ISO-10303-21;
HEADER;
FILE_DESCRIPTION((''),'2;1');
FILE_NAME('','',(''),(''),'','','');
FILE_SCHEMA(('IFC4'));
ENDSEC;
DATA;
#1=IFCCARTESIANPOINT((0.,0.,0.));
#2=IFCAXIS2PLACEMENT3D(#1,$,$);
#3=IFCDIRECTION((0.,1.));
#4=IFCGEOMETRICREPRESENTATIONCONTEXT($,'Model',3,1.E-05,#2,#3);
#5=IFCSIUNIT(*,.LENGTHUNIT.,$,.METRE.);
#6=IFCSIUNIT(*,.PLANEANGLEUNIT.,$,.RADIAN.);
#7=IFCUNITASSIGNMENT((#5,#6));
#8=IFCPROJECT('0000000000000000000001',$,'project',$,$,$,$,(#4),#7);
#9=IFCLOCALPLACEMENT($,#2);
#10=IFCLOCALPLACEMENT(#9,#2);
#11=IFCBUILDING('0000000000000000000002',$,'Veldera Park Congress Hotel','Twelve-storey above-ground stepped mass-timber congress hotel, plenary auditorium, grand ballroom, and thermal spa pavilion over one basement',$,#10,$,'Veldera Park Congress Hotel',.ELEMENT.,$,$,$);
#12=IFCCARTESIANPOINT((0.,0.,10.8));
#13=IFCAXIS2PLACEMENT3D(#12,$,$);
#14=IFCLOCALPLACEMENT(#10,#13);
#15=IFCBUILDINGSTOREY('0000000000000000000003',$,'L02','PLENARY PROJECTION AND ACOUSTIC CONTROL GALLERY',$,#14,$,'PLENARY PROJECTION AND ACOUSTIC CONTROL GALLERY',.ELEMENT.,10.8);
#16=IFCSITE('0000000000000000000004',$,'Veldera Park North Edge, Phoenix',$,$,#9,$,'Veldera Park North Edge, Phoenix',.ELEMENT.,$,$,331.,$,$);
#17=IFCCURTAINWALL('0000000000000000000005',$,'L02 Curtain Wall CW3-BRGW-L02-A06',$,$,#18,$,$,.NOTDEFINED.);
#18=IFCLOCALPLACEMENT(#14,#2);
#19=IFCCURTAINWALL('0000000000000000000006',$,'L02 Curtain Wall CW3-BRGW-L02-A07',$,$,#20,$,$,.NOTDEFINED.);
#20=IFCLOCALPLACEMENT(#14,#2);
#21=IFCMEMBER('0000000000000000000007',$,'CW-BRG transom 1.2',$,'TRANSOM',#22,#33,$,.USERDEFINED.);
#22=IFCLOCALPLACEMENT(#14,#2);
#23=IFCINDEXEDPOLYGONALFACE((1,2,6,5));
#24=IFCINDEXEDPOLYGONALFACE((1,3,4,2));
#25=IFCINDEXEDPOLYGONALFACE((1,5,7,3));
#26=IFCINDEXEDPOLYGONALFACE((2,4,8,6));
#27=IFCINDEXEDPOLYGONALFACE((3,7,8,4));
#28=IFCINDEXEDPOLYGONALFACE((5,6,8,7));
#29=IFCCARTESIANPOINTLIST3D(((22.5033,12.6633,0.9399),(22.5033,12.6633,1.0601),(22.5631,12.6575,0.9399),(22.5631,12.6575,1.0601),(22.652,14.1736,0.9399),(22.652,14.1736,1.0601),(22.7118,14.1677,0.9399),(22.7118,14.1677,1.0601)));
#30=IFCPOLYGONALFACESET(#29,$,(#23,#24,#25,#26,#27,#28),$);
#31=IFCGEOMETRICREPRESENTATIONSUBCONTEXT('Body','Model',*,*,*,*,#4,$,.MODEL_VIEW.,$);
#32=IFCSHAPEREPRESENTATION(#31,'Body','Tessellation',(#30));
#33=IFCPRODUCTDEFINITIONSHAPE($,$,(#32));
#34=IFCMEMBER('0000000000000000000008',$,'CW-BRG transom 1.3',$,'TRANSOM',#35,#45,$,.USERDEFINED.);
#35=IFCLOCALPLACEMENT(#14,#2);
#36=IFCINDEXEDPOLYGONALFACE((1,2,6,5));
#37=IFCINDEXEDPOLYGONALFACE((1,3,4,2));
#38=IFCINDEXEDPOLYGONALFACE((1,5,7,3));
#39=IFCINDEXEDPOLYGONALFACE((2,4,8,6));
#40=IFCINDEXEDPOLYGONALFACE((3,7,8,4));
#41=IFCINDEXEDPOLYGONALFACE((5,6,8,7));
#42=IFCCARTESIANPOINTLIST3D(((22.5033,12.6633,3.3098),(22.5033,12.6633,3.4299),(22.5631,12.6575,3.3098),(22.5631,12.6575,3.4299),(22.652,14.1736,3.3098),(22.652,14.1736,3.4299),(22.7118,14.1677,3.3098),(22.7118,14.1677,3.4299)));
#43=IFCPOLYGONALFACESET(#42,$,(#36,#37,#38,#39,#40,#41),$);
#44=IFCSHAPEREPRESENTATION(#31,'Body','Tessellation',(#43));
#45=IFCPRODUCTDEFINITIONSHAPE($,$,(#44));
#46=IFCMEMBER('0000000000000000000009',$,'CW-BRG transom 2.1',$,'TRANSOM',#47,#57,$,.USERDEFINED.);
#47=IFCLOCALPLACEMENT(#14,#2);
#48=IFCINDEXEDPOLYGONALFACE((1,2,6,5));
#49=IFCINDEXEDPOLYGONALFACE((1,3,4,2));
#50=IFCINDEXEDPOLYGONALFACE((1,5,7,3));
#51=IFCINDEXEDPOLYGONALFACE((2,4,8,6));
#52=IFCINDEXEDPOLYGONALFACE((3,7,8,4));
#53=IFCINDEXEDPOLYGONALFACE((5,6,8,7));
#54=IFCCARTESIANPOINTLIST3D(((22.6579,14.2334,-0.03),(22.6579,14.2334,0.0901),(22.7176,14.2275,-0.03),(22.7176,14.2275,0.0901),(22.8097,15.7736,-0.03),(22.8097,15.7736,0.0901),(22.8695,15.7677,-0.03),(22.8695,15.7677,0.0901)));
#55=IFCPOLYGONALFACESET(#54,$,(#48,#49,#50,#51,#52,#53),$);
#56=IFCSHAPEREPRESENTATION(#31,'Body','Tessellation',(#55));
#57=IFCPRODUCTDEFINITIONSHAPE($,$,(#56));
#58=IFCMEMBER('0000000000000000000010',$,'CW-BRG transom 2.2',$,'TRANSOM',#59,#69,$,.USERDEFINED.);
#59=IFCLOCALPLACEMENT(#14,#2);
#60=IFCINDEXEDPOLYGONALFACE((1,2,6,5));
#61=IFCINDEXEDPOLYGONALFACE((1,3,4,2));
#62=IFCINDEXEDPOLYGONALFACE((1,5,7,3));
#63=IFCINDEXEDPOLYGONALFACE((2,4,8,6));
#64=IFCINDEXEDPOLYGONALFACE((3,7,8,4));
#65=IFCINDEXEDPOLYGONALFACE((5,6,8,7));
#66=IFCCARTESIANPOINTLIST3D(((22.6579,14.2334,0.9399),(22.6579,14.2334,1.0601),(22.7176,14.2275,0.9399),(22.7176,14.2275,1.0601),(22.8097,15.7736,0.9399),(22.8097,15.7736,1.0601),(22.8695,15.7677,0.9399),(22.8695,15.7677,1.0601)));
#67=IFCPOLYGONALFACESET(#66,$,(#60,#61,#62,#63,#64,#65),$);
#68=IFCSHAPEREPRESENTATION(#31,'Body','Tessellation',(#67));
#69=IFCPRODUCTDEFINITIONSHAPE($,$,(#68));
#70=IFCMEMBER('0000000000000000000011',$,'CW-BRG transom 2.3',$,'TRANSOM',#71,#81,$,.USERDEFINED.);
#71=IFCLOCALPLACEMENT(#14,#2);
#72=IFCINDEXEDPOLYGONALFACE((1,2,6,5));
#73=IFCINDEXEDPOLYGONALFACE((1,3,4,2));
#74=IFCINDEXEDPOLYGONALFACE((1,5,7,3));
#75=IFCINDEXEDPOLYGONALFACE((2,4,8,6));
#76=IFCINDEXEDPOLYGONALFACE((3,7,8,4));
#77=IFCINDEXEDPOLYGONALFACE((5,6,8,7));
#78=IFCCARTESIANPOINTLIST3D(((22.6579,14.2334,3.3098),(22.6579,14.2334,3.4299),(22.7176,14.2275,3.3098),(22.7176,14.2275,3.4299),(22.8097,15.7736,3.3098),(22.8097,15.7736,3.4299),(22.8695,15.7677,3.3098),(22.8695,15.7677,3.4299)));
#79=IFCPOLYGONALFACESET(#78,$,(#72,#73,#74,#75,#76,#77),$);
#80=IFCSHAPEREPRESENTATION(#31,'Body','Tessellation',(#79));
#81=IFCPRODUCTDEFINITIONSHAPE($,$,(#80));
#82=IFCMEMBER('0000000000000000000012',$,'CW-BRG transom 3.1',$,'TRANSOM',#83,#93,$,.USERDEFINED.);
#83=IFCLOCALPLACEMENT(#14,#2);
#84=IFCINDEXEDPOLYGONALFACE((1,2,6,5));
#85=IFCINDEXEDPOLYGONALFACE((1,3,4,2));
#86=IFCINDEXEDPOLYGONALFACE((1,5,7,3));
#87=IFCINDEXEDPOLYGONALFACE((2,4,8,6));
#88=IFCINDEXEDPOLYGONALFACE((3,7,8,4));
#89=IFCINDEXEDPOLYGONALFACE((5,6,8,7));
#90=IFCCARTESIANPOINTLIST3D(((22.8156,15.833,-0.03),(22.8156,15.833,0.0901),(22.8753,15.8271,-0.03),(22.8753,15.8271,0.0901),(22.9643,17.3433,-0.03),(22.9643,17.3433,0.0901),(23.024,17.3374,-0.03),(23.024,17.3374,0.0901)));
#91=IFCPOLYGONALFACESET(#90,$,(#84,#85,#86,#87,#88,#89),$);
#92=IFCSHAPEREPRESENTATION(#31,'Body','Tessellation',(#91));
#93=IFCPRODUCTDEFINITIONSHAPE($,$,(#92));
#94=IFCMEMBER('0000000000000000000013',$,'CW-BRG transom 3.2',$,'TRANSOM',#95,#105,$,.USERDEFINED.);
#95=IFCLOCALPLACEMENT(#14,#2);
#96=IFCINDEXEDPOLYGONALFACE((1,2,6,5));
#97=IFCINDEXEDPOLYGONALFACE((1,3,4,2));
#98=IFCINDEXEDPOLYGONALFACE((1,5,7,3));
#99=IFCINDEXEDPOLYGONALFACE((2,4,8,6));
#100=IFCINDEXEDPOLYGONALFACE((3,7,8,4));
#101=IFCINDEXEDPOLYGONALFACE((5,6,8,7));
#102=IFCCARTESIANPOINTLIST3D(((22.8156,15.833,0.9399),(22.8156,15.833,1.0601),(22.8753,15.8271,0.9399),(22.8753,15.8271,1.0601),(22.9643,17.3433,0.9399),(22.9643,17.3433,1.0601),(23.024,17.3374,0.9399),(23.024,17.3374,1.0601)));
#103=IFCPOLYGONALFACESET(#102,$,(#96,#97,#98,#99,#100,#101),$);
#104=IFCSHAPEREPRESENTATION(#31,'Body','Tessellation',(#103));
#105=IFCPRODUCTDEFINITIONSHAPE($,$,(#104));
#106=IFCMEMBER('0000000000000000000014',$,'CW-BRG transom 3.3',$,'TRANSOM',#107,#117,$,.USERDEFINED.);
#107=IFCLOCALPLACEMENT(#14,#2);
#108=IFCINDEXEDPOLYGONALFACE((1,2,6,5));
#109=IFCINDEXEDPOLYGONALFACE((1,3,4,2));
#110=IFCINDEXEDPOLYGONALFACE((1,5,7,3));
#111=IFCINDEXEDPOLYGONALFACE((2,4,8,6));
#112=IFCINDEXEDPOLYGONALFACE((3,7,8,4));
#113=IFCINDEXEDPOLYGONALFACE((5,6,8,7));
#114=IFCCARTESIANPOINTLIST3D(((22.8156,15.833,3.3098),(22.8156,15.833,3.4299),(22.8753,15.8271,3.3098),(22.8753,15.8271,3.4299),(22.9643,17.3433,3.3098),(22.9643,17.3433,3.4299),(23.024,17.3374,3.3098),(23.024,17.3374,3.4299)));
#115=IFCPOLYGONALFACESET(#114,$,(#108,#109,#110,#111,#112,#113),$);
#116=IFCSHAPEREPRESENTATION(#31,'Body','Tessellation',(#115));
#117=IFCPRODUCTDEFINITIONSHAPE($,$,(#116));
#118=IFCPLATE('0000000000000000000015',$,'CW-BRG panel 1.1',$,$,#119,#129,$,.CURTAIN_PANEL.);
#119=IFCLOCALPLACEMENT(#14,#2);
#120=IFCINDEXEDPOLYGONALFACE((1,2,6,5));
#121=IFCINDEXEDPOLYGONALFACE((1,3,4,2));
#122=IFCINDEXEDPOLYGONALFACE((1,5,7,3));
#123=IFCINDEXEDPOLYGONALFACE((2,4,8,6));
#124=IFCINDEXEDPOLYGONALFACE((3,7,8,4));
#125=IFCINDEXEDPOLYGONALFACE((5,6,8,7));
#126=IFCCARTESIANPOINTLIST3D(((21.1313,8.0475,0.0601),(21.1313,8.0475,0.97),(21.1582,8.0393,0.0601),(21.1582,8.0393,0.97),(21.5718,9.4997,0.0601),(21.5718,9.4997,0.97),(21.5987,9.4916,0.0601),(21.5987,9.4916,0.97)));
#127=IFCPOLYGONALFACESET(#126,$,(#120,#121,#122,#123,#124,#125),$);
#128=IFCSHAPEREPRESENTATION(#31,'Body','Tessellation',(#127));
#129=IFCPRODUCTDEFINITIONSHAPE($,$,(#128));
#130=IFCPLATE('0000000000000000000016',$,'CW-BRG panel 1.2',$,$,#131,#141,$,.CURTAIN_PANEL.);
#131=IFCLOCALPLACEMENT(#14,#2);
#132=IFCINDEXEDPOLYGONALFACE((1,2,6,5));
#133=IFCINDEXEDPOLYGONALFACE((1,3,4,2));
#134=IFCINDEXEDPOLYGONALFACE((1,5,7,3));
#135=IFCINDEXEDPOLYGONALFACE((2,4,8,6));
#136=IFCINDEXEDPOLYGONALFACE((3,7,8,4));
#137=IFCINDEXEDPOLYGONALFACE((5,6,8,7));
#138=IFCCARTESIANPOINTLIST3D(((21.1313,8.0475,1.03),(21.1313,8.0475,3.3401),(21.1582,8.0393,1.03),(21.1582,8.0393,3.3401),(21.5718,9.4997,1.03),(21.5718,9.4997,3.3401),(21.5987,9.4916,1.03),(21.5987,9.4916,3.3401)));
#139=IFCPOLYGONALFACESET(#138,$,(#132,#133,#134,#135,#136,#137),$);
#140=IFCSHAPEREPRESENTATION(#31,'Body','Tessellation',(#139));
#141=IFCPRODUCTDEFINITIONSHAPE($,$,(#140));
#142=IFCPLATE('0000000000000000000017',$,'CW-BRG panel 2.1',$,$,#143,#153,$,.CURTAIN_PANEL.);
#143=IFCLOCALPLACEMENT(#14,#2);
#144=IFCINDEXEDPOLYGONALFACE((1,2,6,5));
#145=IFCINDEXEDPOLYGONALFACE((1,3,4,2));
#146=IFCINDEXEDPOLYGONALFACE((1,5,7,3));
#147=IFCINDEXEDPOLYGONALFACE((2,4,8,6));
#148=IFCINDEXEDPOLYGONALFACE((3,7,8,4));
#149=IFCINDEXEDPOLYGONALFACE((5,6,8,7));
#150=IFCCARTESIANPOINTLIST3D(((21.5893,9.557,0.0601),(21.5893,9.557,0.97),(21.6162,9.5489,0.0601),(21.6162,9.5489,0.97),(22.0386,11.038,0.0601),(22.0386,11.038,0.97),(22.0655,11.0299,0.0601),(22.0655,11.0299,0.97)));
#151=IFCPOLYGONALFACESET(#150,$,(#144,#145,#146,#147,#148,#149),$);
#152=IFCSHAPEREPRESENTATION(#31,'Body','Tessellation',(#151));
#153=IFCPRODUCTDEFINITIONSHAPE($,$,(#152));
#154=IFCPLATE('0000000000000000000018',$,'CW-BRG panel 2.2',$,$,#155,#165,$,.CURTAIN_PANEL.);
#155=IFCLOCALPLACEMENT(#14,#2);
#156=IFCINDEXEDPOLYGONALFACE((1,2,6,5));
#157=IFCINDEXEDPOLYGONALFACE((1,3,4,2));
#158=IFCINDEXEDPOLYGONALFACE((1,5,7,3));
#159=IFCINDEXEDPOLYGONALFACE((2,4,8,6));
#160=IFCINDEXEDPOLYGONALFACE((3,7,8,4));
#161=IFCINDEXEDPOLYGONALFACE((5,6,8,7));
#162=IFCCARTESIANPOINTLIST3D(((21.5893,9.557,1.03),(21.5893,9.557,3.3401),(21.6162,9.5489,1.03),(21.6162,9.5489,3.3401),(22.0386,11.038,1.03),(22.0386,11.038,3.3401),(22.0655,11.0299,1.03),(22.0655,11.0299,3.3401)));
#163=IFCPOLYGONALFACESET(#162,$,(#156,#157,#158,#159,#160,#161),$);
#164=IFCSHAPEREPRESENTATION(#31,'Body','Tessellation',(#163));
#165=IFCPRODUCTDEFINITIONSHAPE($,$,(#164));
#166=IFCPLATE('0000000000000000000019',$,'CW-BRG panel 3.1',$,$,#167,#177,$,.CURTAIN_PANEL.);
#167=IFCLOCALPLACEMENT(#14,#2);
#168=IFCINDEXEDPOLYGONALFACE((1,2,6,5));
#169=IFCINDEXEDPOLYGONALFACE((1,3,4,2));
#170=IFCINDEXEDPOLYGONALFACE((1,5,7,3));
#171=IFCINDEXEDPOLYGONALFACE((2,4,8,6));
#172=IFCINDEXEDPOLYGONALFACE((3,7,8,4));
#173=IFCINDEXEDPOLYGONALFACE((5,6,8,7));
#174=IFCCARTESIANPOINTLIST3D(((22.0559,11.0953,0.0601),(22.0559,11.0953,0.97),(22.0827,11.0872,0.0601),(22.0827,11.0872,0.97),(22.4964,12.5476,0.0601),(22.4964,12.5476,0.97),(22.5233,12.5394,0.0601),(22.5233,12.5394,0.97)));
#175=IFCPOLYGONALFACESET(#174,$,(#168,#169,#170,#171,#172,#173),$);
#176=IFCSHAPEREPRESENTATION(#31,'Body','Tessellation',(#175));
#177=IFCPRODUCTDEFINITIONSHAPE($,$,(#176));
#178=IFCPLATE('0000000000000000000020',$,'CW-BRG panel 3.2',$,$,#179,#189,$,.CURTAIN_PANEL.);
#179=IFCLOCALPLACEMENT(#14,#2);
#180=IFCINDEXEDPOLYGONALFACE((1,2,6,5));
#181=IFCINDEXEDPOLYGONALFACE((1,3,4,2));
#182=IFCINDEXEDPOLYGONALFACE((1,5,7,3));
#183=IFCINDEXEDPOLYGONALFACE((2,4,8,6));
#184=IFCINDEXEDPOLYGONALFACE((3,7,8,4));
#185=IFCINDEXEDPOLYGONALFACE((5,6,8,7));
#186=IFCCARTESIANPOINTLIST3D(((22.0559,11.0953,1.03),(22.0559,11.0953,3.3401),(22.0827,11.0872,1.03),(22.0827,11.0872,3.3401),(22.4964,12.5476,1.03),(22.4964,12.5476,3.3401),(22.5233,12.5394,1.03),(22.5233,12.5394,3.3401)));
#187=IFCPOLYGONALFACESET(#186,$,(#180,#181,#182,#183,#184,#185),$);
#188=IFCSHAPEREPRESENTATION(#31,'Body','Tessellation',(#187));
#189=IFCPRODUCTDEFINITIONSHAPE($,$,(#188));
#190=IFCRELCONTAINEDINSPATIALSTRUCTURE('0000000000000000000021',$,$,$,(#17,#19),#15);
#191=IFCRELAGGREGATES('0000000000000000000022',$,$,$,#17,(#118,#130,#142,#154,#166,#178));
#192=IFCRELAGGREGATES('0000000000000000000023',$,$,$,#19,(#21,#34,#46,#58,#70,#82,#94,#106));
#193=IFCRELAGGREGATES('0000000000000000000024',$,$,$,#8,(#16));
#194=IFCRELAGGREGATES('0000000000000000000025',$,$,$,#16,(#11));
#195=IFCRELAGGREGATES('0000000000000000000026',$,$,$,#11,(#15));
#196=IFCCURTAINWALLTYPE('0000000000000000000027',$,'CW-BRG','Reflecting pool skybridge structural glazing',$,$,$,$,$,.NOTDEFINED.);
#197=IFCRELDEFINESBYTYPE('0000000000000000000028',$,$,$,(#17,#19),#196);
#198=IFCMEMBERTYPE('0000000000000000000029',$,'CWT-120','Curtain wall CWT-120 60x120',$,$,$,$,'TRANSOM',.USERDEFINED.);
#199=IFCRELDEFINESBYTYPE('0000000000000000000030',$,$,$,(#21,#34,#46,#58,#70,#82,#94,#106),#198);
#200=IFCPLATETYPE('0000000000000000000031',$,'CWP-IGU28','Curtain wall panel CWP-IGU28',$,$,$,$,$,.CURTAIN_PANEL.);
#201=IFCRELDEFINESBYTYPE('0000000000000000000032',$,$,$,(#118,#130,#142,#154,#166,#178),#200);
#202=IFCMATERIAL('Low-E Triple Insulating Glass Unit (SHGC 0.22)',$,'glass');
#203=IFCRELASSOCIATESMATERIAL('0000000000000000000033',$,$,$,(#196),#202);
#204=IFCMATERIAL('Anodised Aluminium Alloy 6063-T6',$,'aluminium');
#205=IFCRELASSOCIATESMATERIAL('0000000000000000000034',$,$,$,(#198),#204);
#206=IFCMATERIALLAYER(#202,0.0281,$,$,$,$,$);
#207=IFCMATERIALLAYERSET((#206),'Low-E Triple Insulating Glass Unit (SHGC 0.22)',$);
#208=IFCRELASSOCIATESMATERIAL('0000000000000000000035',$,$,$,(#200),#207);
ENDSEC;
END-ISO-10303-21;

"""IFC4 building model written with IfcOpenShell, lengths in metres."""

from ifc_helpers import new_model, si_unit, direction, frame, origin, origin_2d, place, context, subcontext, project, spatial, rectangle, extrude, material, layer, layer_set, material_profile, profile_set, type_object, element, aggregate, save


model = new_model("IFC4")

# Units and contexts
model_context = context("Model", 3, precision=1e-05, world=origin(), true_north=direction((0.0, 1.0)))
body_context = subcontext(model_context, "Body", "Model", "MODEL_VIEW")
ifc_project = project(units=[si_unit("LENGTHUNIT", "METRE"), si_unit("PLANEANGLEUNIT", "RADIAN")], contexts=[model_context])

# Site, building, storey
site_placement = place(None, origin())
site = spatial("IfcSite", under=ifc_project, at=site_placement, Name="Veldera Park North Edge, Phoenix", LongName="Veldera Park North Edge, Phoenix", CompositionType="ELEMENT", RefElevation=331.0)
building_placement = place(site_placement, origin())
building = spatial("IfcBuilding", under=site, at=building_placement, Name="Veldera Park Congress Hotel", Description="Twelve-storey above-ground stepped mass-timber congress hotel, plenary auditorium, grand ballroom, and thermal spa pavilion over one basement", LongName="Veldera Park Congress Hotel", CompositionType="ELEMENT")
storey_placement = place(building_placement, frame((0.0, 0.0, 10.8)))
storey = spatial("IfcBuildingStorey", under=building, at=storey_placement, Name="L02", Description="PLENARY PROJECTION AND ACOUSTIC CONTROL GALLERY", LongName="PLENARY PROJECTION AND ACOUSTIC CONTROL GALLERY", CompositionType="ELEMENT", Elevation=10.8)

# Curtain walls
ifc_material_1 = material(Name="Low-E Triple Insulating Glass Unit (SHGC 0.22)", Category="glass")
curtain_wall_type = type_object("IfcCurtainWallType", Name="CW-BRG", Description="Reflecting pool skybridge structural glazing", PredefinedType="NOTDEFINED", material=ifc_material_1)
curtain_wall_1_placement = place(storey_placement, origin())
curtain_wall_1 = element("IfcCurtainWall", 1, at=curtain_wall_1_placement, inside=storey, type_object=curtain_wall_type, Name="L02 Curtain Wall CW3-BRGW-L02-A06", PredefinedType="NOTDEFINED")
ifc_material_2 = material(Name="Anodised Aluminium Alloy 6063-T6", Category="aluminium")
curtain_wall_2_placement = place(storey_placement, origin())
curtain_wall_2 = element("IfcCurtainWall", 2, at=curtain_wall_2_placement, inside=storey, type_object=curtain_wall_type, Name="L02 Curtain Wall CW3-BRGW-L02-A07", PredefinedType="NOTDEFINED")

# Members
ifc_material_profile_1 = material_profile(ifc_material_2, rectangle(XDim=0.0601, YDim=0.1201, at=origin_2d()), Name="ALU 60x120")
ifc_profile_set_1 = profile_set([ifc_material_profile_1], Name="Anodised Aluminium Alloy 6063-T6")
member_type_1 = type_object("IfcMemberType", Name="CWT-120", Description="Curtain wall CWT-120 60x120", ElementType="TRANSOM", PredefinedType="USERDEFINED", material=ifc_profile_set_1)
member_1_placement = place(storey_placement, frame((22.5332, 12.6604, 1.0), z_axis=(0.097974, 0.995189, 0.0), x_axis=(-0.995189, 0.097974, 0.0)))
member_1 = element("IfcMember", 3, at=member_1_placement, type_object=member_type_1, Name="CW-BRG transom 1.2", ObjectType="TRANSOM", PredefinedType="USERDEFINED", context=body_context, shape_type="SweptSolid", body=[
    extrude(rectangle(XDim=0.0601, YDim=0.1201, at=origin_2d()), origin(), (0.0, 0.0, 1.0), 1.5176),
])
member_2_placement = place(storey_placement, frame((22.5332, 12.6604, 3.3699), z_axis=(0.097974, 0.995189, 0.0), x_axis=(-0.995189, 0.097974, 0.0)))
member_2 = element("IfcMember", 4, at=member_2_placement, type_object=member_type_1, Name="CW-BRG transom 1.3", ObjectType="TRANSOM", PredefinedType="USERDEFINED", context=body_context, shape_type="SweptSolid", body=[
    extrude(rectangle(XDim=0.0601, YDim=0.1201, at=origin_2d()), origin(), (0.0, 0.0, 1.0), 1.5176),
])
member_3_placement = place(storey_placement, frame((22.6877, 14.2305, 0.03), z_axis=(0.098129, 0.995174, 0.0), x_axis=(-0.995174, 0.098129, 0.0)))
member_3 = element("IfcMember", 5, at=member_3_placement, type_object=member_type_1, Name="CW-BRG transom 2.1", ObjectType="TRANSOM", PredefinedType="USERDEFINED", context=body_context, shape_type="SweptSolid", body=[
    extrude(rectangle(XDim=0.0601, YDim=0.1201, at=origin_2d()), origin(), (0.0, 0.0, 1.0), 1.5476),
])
member_4_placement = place(storey_placement, frame((22.6877, 14.2305, 1.0), z_axis=(0.098129, 0.995174, 0.0), x_axis=(-0.995174, 0.098129, 0.0)))
member_4 = element("IfcMember", 6, at=member_4_placement, type_object=member_type_1, Name="CW-BRG transom 2.2", ObjectType="TRANSOM", PredefinedType="USERDEFINED", context=body_context, shape_type="SweptSolid", body=[
    extrude(rectangle(XDim=0.0601, YDim=0.1201, at=origin_2d()), origin(), (0.0, 0.0, 1.0), 1.5476),
])
member_5_placement = place(storey_placement, frame((22.6877, 14.2305, 3.3699), z_axis=(0.098129, 0.995174, 0.0), x_axis=(-0.995174, 0.098129, 0.0)))
member_5 = element("IfcMember", 7, at=member_5_placement, type_object=member_type_1, Name="CW-BRG transom 2.3", ObjectType="TRANSOM", PredefinedType="USERDEFINED", context=body_context, shape_type="SweptSolid", body=[
    extrude(rectangle(XDim=0.0601, YDim=0.1201, at=origin_2d()), origin(), (0.0, 0.0, 1.0), 1.5476),
])
member_6_placement = place(storey_placement, frame((22.8455, 15.8301, 0.03), z_axis=(0.097974, 0.995189, 0.0), x_axis=(-0.995189, 0.097974, 0.0)))
member_6 = element("IfcMember", 8, at=member_6_placement, type_object=member_type_1, Name="CW-BRG transom 3.1", ObjectType="TRANSOM", PredefinedType="USERDEFINED", context=body_context, shape_type="SweptSolid", body=[
    extrude(rectangle(XDim=0.0601, YDim=0.1201, at=origin_2d()), origin(), (0.0, 0.0, 1.0), 1.5176),
])
member_7_placement = place(storey_placement, frame((22.8455, 15.8301, 1.0), z_axis=(0.097974, 0.995189, 0.0), x_axis=(-0.995189, 0.097974, 0.0)))
member_7 = element("IfcMember", 9, at=member_7_placement, type_object=member_type_1, Name="CW-BRG transom 3.2", ObjectType="TRANSOM", PredefinedType="USERDEFINED", context=body_context, shape_type="SweptSolid", body=[
    extrude(rectangle(XDim=0.0601, YDim=0.1201, at=origin_2d()), origin(), (0.0, 0.0, 1.0), 1.5176),
])
member_8_placement = place(storey_placement, frame((22.8455, 15.8301, 3.3699), z_axis=(0.097974, 0.995189, 0.0), x_axis=(-0.995189, 0.097974, 0.0)))
member_8 = element("IfcMember", 10, at=member_8_placement, type_object=member_type_1, Name="CW-BRG transom 3.3", ObjectType="TRANSOM", PredefinedType="USERDEFINED", context=body_context, shape_type="SweptSolid", body=[
    extrude(rectangle(XDim=0.0601, YDim=0.1201, at=origin_2d()), origin(), (0.0, 0.0, 1.0), 1.5176),
])

# Plates
ifc_layer = layer(ifc_material_1, 0.0281)
ifc_layer_set = layer_set([ifc_layer], Name="Low-E Triple Insulating Glass Unit (SHGC 0.22)")
plate_type = type_object("IfcPlateType", Name="CWP-IGU28", Description="Curtain wall panel CWP-IGU28", PredefinedType="CURTAIN_PANEL", material=ifc_layer_set)
plate_1_placement = place(storey_placement, frame((21.365, 8.7695, 0.0601), z_axis=(0.0, 0.0, 1.0), x_axis=(0.290288, 0.956939, 0.0)))
plate_1 = element("IfcPlate", 11, at=plate_1_placement, type_object=plate_type, Name="CW-BRG panel 1.1", PredefinedType="CURTAIN_PANEL", context=body_context, shape_type="SweptSolid", body=[
    extrude(rectangle(XDim=1.5176, YDim=0.0281, at=origin_2d()), origin(), (0.0, 0.0, 1.0), 0.9099),
])
plate_2_placement = place(storey_placement, frame((21.365, 8.7695, 1.03), z_axis=(0.0, 0.0, 1.0), x_axis=(0.290288, 0.956939, 0.0)))
plate_2 = element("IfcPlate", 12, at=plate_2_placement, type_object=plate_type, Name="CW-BRG panel 1.2", PredefinedType="CURTAIN_PANEL", context=body_context, shape_type="SweptSolid", body=[
    extrude(rectangle(XDim=1.5176, YDim=0.0281, at=origin_2d()), origin(), (0.0, 0.0, 1.0), 2.3101),
])
plate_3_placement = place(storey_placement, frame((21.8274, 10.2935, 0.0601), z_axis=(0.0, 0.0, 1.0), x_axis=(0.290288, 0.956939, 0.0)))
plate_3 = element("IfcPlate", 13, at=plate_3_placement, type_object=plate_type, Name="CW-BRG panel 2.1", PredefinedType="CURTAIN_PANEL", context=body_context, shape_type="SweptSolid", body=[
    extrude(rectangle(XDim=1.5476, YDim=0.0281, at=origin_2d()), origin(), (0.0, 0.0, 1.0), 0.9099),
])
plate_4_placement = place(storey_placement, frame((21.8274, 10.2935, 1.03), z_axis=(0.0, 0.0, 1.0), x_axis=(0.290288, 0.956939, 0.0)))
plate_4 = element("IfcPlate", 14, at=plate_4_placement, type_object=plate_type, Name="CW-BRG panel 2.2", PredefinedType="CURTAIN_PANEL", context=body_context, shape_type="SweptSolid", body=[
    extrude(rectangle(XDim=1.5476, YDim=0.0281, at=origin_2d()), origin(), (0.0, 0.0, 1.0), 2.3101),
])
plate_5_placement = place(storey_placement, frame((22.2896, 11.8174, 0.0601), z_axis=(0.0, 0.0, 1.0), x_axis=(0.290288, 0.956939, 0.0)))
plate_5 = element("IfcPlate", 15, at=plate_5_placement, type_object=plate_type, Name="CW-BRG panel 3.1", PredefinedType="CURTAIN_PANEL", context=body_context, shape_type="SweptSolid", body=[
    extrude(rectangle(XDim=1.5176, YDim=0.0281, at=origin_2d()), origin(), (0.0, 0.0, 1.0), 0.9099),
])
plate_6_placement = place(storey_placement, frame((22.2896, 11.8174, 1.03), z_axis=(0.0, 0.0, 1.0), x_axis=(0.290288, 0.956939, 0.0)))
plate_6 = element("IfcPlate", 16, at=plate_6_placement, type_object=plate_type, Name="CW-BRG panel 3.2", PredefinedType="CURTAIN_PANEL", context=body_context, shape_type="SweptSolid", body=[
    extrude(rectangle(XDim=1.5176, YDim=0.0281, at=origin_2d()), origin(), (0.0, 0.0, 1.0), 2.3101),
])
aggregate(curtain_wall_1, [plate_1, plate_2, plate_3, plate_4, plate_5, plate_6])
aggregate(curtain_wall_2, [member_1, member_2, member_3, member_4, member_5, member_6, member_7, member_8])

save(model, "model.ifc")
